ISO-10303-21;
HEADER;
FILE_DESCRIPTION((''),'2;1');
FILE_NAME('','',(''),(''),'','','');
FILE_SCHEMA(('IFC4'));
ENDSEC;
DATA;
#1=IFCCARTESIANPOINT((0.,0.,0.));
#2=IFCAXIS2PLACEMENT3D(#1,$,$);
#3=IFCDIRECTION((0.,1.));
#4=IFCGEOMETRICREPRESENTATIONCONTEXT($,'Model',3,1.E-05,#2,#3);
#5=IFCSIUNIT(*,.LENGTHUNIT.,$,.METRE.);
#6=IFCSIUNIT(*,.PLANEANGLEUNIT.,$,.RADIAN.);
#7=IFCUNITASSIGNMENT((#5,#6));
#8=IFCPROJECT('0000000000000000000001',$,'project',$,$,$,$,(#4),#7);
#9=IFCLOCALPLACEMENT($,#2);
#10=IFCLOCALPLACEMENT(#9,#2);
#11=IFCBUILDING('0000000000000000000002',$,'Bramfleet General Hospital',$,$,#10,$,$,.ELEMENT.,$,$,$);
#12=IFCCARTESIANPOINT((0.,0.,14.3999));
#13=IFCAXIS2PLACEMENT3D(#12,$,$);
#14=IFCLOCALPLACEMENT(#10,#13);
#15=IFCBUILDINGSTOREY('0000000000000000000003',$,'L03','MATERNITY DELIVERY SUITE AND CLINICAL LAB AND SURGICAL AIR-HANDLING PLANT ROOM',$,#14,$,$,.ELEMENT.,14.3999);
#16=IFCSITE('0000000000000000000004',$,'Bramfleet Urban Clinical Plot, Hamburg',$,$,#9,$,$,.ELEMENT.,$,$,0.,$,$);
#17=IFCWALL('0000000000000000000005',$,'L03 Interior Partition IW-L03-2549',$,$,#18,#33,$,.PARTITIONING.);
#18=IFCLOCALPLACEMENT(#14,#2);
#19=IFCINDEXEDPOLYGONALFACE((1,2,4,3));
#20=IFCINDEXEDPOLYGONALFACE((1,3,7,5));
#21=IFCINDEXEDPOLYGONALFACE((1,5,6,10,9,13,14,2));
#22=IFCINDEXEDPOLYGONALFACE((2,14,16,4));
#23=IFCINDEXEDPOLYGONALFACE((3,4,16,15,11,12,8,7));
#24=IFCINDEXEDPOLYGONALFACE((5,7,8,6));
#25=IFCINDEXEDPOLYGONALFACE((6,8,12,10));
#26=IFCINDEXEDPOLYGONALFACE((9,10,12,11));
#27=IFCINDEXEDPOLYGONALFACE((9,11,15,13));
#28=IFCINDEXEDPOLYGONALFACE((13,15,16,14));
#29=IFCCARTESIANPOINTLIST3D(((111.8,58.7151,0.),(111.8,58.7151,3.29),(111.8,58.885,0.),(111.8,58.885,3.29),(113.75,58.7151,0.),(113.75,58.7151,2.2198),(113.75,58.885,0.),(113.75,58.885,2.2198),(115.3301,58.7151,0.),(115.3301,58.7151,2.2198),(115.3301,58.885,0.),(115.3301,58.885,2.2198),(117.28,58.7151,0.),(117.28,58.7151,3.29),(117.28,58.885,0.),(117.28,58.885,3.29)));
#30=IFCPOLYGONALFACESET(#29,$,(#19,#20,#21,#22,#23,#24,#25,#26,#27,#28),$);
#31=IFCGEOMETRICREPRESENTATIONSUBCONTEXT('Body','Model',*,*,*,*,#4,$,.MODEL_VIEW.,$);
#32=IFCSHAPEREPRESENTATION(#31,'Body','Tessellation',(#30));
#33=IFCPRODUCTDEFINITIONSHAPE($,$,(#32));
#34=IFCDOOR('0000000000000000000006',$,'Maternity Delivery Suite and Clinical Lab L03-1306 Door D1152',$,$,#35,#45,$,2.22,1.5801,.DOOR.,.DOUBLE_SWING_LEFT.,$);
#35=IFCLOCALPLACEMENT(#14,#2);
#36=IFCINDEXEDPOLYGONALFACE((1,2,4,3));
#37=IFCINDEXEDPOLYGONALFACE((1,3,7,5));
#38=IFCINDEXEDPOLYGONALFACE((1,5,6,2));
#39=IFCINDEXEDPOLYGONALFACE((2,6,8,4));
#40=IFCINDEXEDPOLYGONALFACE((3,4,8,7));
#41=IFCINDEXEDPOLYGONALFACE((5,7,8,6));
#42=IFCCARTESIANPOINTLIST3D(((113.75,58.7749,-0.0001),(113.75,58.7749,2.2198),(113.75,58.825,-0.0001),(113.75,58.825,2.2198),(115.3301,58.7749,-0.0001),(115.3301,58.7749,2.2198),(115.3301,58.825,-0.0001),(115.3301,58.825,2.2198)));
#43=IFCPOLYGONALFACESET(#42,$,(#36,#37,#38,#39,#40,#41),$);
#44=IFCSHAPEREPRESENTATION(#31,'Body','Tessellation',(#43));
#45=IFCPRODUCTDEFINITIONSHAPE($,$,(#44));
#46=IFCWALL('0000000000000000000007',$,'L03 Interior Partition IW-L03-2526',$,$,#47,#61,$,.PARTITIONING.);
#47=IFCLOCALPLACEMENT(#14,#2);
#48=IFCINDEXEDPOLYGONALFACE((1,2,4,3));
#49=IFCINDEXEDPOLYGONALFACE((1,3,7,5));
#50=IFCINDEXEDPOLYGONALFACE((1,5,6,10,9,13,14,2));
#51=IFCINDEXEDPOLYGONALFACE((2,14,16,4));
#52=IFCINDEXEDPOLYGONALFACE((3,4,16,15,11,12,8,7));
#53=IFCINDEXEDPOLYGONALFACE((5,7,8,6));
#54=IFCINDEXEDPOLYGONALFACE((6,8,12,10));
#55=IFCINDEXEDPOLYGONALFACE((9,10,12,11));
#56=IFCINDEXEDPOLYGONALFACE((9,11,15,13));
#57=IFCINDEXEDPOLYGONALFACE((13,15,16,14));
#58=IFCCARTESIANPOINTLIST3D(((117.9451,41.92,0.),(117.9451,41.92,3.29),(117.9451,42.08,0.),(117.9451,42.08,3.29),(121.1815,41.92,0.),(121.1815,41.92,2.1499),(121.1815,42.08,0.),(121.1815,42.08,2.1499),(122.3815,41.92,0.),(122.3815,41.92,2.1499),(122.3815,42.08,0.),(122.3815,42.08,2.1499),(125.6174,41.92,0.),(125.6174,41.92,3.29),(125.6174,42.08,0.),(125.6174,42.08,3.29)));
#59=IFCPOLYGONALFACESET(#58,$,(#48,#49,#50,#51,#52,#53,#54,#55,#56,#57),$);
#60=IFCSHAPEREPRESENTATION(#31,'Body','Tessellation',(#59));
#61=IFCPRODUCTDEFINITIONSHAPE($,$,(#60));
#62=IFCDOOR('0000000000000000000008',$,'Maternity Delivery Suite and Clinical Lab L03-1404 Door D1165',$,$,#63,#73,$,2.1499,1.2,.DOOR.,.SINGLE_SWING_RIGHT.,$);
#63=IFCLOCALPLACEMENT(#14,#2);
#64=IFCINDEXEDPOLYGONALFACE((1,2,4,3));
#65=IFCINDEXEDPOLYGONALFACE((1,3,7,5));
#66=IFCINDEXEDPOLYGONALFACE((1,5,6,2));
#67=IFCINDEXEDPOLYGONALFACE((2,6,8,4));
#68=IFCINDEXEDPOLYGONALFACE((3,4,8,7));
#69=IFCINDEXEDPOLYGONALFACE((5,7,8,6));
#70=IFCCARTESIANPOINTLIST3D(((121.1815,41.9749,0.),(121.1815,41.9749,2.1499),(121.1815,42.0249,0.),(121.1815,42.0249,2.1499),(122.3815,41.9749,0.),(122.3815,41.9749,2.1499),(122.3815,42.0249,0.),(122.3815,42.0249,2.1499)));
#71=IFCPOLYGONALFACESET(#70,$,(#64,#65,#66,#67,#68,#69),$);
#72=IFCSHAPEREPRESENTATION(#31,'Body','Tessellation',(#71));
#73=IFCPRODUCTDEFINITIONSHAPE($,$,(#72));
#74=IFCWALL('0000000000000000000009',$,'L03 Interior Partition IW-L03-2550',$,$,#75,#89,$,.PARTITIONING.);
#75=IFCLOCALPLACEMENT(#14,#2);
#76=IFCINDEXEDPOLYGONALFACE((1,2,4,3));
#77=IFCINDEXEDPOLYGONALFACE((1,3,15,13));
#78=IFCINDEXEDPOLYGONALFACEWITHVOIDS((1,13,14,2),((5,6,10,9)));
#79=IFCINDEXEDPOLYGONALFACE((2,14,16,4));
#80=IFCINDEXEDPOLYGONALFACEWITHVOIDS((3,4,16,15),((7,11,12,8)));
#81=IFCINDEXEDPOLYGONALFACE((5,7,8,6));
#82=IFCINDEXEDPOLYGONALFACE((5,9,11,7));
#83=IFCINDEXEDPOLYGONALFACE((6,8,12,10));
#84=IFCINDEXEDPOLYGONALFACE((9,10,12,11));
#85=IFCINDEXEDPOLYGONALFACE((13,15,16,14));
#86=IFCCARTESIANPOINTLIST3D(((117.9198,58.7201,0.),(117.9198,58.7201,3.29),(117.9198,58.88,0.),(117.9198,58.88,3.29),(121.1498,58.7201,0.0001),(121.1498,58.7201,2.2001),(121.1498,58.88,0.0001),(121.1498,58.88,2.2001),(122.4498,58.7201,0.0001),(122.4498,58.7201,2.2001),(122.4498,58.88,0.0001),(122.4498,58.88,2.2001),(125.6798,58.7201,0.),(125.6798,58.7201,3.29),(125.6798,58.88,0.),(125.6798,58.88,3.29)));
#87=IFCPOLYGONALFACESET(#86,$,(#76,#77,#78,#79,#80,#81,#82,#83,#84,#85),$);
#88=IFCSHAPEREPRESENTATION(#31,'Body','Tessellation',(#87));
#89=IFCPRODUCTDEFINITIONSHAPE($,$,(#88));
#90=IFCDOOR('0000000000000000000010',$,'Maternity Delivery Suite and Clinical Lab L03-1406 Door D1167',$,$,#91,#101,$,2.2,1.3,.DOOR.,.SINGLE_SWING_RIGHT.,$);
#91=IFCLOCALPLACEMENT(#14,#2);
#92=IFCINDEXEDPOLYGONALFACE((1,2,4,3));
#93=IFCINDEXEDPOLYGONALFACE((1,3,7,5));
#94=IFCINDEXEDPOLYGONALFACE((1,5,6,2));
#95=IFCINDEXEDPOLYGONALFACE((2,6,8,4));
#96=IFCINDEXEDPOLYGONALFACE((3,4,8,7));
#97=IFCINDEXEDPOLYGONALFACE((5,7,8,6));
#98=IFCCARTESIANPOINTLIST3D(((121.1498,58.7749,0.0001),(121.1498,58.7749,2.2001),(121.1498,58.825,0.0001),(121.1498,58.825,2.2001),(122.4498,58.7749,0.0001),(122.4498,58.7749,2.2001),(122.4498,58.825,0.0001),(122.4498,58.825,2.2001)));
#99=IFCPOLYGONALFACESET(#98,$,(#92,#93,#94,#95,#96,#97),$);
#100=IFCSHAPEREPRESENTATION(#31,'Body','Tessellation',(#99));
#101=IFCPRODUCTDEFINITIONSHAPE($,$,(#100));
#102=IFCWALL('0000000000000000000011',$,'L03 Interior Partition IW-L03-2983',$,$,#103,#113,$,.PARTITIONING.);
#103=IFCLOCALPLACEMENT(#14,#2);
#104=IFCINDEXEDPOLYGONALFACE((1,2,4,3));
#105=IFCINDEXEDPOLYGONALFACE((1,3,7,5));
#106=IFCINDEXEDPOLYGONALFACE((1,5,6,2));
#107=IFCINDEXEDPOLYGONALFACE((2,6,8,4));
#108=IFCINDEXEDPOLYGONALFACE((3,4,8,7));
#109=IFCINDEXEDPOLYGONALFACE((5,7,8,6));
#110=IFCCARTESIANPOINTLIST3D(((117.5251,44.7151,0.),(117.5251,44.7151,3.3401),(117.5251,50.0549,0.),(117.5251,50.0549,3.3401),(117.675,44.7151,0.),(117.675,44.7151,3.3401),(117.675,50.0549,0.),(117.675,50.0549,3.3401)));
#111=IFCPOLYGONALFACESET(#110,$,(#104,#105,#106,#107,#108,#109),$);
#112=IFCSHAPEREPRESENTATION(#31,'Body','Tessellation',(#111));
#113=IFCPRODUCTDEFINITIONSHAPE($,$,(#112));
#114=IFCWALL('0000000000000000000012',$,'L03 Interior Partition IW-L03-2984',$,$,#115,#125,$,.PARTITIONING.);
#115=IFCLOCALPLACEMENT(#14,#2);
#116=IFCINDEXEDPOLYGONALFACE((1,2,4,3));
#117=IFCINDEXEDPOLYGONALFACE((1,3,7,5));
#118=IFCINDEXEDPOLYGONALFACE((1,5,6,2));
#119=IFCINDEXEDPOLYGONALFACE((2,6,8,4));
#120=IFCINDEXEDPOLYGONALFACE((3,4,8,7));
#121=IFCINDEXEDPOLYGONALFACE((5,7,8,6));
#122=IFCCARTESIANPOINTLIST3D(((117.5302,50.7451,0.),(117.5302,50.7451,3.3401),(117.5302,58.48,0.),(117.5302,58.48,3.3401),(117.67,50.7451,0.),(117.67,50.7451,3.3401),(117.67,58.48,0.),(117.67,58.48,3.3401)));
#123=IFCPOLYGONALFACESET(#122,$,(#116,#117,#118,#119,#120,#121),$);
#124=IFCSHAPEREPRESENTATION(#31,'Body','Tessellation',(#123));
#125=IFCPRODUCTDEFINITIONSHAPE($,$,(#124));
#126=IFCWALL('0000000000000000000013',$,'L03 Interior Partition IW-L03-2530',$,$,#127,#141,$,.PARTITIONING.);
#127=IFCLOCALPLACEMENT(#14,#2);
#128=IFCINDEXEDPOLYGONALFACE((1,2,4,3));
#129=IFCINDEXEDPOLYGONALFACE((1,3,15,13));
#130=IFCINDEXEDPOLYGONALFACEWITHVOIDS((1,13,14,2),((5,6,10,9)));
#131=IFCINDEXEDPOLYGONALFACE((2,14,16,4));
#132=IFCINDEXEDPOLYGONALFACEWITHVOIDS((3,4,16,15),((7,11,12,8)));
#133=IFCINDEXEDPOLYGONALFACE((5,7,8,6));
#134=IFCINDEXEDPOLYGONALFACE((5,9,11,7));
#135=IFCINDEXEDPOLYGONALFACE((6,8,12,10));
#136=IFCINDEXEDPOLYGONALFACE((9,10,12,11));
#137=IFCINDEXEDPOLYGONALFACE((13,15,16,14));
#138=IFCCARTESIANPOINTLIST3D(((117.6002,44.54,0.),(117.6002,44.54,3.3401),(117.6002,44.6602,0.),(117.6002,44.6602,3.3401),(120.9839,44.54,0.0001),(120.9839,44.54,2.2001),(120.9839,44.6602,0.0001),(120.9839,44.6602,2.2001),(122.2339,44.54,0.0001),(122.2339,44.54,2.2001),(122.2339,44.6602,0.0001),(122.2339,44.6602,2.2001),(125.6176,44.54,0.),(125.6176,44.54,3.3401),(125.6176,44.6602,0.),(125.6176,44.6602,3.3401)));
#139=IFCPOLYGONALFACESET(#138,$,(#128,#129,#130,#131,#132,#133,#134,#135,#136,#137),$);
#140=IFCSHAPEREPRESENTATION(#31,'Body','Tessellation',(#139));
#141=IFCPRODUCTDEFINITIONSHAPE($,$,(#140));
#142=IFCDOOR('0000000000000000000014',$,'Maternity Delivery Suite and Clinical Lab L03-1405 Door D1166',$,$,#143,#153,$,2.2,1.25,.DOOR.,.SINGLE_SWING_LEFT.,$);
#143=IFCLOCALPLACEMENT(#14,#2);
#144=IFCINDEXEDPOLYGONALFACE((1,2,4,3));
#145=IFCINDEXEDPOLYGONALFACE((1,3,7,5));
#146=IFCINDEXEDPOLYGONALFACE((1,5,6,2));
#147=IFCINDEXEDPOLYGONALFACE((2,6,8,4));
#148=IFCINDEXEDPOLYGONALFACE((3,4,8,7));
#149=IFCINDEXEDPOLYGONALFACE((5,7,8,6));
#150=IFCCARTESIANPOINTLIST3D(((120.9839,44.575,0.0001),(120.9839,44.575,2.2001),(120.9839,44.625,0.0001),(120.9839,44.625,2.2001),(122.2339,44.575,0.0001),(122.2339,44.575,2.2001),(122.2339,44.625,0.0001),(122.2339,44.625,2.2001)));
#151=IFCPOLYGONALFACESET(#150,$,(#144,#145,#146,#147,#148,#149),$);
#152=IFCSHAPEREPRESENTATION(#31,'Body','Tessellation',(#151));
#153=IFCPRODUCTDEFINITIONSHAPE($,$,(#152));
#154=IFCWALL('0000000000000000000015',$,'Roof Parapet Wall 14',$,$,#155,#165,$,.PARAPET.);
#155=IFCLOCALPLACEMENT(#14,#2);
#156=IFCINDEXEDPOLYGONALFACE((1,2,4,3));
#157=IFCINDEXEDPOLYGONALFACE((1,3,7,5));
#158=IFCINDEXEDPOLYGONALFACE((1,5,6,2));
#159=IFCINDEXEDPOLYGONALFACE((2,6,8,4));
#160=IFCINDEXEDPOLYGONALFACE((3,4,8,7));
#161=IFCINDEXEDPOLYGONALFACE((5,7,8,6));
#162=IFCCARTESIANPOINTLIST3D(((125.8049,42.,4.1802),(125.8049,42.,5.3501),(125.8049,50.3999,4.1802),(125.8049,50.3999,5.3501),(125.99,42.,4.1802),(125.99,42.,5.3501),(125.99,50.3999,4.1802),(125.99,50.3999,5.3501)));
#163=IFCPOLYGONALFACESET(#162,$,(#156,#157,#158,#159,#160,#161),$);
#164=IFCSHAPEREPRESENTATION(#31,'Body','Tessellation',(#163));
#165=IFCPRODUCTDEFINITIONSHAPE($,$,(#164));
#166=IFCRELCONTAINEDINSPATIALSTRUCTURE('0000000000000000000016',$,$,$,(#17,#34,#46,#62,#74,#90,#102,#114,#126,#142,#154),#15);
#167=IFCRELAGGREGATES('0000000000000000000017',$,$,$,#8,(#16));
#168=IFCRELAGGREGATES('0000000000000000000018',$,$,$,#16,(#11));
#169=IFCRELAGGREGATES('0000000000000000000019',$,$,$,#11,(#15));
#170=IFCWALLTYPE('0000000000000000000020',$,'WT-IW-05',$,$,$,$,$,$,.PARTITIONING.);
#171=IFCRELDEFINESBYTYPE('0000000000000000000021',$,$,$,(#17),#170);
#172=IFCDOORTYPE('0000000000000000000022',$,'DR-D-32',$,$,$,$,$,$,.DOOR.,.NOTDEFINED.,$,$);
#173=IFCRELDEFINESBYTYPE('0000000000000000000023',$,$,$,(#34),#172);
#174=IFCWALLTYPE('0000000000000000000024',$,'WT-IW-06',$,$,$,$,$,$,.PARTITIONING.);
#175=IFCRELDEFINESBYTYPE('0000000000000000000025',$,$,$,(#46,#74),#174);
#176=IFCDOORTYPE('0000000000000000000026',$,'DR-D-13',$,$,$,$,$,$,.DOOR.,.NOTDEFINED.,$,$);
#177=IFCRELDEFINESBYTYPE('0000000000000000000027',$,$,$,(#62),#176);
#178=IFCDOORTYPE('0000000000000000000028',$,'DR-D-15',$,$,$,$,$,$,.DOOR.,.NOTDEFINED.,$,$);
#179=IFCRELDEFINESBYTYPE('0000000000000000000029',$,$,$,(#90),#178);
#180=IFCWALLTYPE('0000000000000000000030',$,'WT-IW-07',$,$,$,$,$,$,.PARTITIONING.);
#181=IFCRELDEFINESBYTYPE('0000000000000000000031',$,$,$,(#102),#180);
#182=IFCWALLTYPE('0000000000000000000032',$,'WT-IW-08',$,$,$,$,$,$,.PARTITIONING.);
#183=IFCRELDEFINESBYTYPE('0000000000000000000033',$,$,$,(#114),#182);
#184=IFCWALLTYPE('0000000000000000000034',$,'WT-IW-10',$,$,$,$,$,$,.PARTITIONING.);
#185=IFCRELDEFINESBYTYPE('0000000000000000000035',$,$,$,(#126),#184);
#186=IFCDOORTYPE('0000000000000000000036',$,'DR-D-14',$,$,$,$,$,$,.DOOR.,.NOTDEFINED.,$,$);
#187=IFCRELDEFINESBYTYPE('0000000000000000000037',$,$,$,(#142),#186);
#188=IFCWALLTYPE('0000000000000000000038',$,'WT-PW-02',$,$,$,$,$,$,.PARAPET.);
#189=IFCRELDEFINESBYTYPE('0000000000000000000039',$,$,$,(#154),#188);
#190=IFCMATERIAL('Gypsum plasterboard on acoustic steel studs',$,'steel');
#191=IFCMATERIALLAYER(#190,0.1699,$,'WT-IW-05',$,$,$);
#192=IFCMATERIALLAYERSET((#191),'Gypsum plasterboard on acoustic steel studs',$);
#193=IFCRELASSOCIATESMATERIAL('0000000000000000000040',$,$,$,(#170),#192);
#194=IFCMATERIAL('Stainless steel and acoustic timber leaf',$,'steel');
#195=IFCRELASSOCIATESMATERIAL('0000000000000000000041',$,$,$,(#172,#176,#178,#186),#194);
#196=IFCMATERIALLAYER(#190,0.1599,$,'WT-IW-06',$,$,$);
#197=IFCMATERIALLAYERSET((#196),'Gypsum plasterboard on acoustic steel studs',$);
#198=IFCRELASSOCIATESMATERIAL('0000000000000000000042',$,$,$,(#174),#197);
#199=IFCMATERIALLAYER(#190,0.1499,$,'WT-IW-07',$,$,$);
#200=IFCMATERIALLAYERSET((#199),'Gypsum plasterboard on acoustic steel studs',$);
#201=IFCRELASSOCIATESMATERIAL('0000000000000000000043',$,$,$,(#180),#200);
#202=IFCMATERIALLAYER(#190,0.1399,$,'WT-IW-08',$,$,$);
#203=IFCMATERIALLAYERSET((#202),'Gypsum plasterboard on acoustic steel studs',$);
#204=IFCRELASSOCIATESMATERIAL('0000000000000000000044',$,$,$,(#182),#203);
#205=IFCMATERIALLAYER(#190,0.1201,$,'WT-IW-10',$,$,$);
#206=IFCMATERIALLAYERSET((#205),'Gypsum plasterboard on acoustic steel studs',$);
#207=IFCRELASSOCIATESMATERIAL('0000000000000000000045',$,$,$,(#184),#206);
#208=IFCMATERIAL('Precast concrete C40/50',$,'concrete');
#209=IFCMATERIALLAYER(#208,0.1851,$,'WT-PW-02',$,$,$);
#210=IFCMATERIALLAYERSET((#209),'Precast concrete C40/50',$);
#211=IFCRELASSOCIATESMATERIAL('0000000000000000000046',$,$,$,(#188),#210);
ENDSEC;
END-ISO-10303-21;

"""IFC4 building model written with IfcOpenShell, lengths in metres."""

from ifc_helpers import new_model, si_unit, direction, frame, frame_2d, origin, place, context, subcontext, project, spatial, rectangle, extrude, material, layer, layer_set, type_object, element, fill, save


model = new_model("IFC4")

# Units and contexts
model_context = context("Model", 3, precision=1e-05, world=origin(), true_north=direction((0.0, 1.0)))
body_context = subcontext(model_context, "Body", "Model", "MODEL_VIEW")
ifc_project = project(units=[si_unit("LENGTHUNIT", "METRE"), si_unit("PLANEANGLEUNIT", "RADIAN")], contexts=[model_context])

# Site, building, storey
site_placement = place(None, origin())
site = spatial("IfcSite", under=ifc_project, at=site_placement, Name="Bramfleet Urban Clinical Plot, Hamburg", CompositionType="ELEMENT", RefElevation=0.0)
building_placement = place(site_placement, origin())
building = spatial("IfcBuilding", under=site, at=building_placement, Name="Bramfleet General Hospital", CompositionType="ELEMENT")
storey_placement = place(building_placement, frame((0.0, 0.0, 14.3999)))
storey = spatial("IfcBuildingStorey", under=building, at=storey_placement, Name="L03", Description="MATERNITY DELIVERY SUITE AND CLINICAL LAB AND SURGICAL AIR-HANDLING PLANT ROOM", CompositionType="ELEMENT", Elevation=14.3999)

# Walls, openings, doors
ifc_material_1 = material(Name="Gypsum plasterboard on acoustic steel studs", Category="steel")
ifc_layer_1 = layer(ifc_material_1, 0.1699, Name="WT-IW-05")
ifc_layer_set_1 = layer_set([ifc_layer_1], Name="Gypsum plasterboard on acoustic steel studs")
wall_type_1 = type_object("IfcWallType", Name="WT-IW-05", PredefinedType="PARTITIONING", material=ifc_layer_set_1)
wall_1_placement = place(storey_placement, frame((111.8, 58.8, 0.0), z_axis=(0.0, 0.0, 1.0), x_axis=(1.0, 0.0, 0.0)))
wall_1 = element("IfcWall", 1, at=wall_1_placement, inside=storey, type_object=wall_type_1, Name="L03 Interior Partition IW-L03-2549", PredefinedType="PARTITIONING", context=body_context, shape_type="SweptSolid", body=[
    extrude(rectangle(XDim=5.48, YDim=0.1699, at=frame_2d((2.74, 0.0))), origin(), (0.0, 0.0, 1.0), 3.29),
])
opening_1_placement = place(wall_1_placement, frame((1.95, 0.0, 0.0)))
opening_1 = element("IfcOpeningElement", 2, at=opening_1_placement, cuts=wall_1, PredefinedType="OPENING", context=body_context, shape_type="SweptSolid", body=[
    extrude(rectangle(XDim=1.5801, YDim=2.22, at=frame_2d((0.79, 1.1099))), frame((0.0, 0.095, 0.0), z_axis=(0.0, -1.0, 0.0), x_axis=(1.0, 0.0, 0.0)), (0.0, 0.0, 1.0), 0.1899),
])
ifc_material_2 = material(Name="Stainless steel and acoustic timber leaf", Category="steel")
door_type_1 = type_object("IfcDoorType", Name="DR-D-32", OperationType="NOTDEFINED", PredefinedType="DOOR", material=ifc_material_2)
door_1_placement = place(opening_1_placement, origin())
door_1 = element("IfcDoor", 3, at=door_1_placement, inside=storey, type_object=door_type_1, Name="Maternity Delivery Suite and Clinical Lab L03-1306 Door D1152", OperationType="DOUBLE_SWING_LEFT", OverallHeight=2.22, OverallWidth=1.5801, PredefinedType="DOOR", context=body_context, shape_type="SweptSolid", body=[
    extrude(rectangle(XDim=1.5801, YDim=2.22, at=frame_2d((0.79, 1.1099))), frame((0.0, 0.0249, 0.0), z_axis=(0.0, -1.0, 0.0), x_axis=(1.0, 0.0, 0.0)), (0.0, 0.0, 1.0), 0.05),
])
fill(opening_1, door_1)
ifc_layer_2 = layer(ifc_material_1, 0.1599, Name="WT-IW-06")
ifc_layer_set_2 = layer_set([ifc_layer_2], Name="Gypsum plasterboard on acoustic steel studs")
wall_type_2 = type_object("IfcWallType", Name="WT-IW-06", PredefinedType="PARTITIONING", material=ifc_layer_set_2)
wall_2_placement = place(storey_placement, frame((117.9451, 42.0, 0.0), z_axis=(0.0, 0.0, 1.0), x_axis=(1.0, 0.0, 0.0)))
wall_2 = element("IfcWall", 4, at=wall_2_placement, inside=storey, type_object=wall_type_2, Name="L03 Interior Partition IW-L03-2526", PredefinedType="PARTITIONING", context=body_context, shape_type="SweptSolid", body=[
    extrude(rectangle(XDim=7.6724, YDim=0.1599, at=frame_2d((3.8362, 0.0))), origin(), (0.0, 0.0, 1.0), 3.29),
])
opening_2_placement = place(wall_2_placement, frame((3.2363, 0.0, 0.0)))
opening_2 = element("IfcOpeningElement", 5, at=opening_2_placement, cuts=wall_2, PredefinedType="OPENING", context=body_context, shape_type="SweptSolid", body=[
    extrude(rectangle(XDim=1.2, YDim=2.1499, at=frame_2d((0.6001, 1.075))), frame((0.0, 0.0898, 0.0), z_axis=(0.0, -1.0, 0.0), x_axis=(1.0, 0.0, 0.0)), (0.0, 0.0, 1.0), 0.1799),
])
door_type_2 = type_object("IfcDoorType", Name="DR-D-13", OperationType="NOTDEFINED", PredefinedType="DOOR", material=ifc_material_2)
door_2_placement = place(opening_2_placement, origin())
door_2 = element("IfcDoor", 6, at=door_2_placement, inside=storey, type_object=door_type_2, Name="Maternity Delivery Suite and Clinical Lab L03-1404 Door D1165", OperationType="SINGLE_SWING_RIGHT", OverallHeight=2.1499, OverallWidth=1.2, PredefinedType="DOOR", context=body_context, shape_type="SweptSolid", body=[
    extrude(rectangle(XDim=1.2, YDim=2.1499, at=frame_2d((0.6001, 1.075))), frame((0.0, 0.0249, 0.0), z_axis=(0.0, -1.0, 0.0), x_axis=(1.0, 0.0, 0.0)), (0.0, 0.0, 1.0), 0.05),
])
fill(opening_2, door_2)
wall_3_placement = place(storey_placement, frame((117.9199, 58.8, 0.0), z_axis=(0.0, 0.0, 1.0), x_axis=(1.0, 0.0, 0.0)))
wall_3 = element("IfcWall", 7, at=wall_3_placement, inside=storey, type_object=wall_type_2, Name="L03 Interior Partition IW-L03-2550", PredefinedType="PARTITIONING", context=body_context, shape_type="SweptSolid", body=[
    extrude(rectangle(XDim=7.76, YDim=0.1599, at=frame_2d((3.8799, 0.0))), origin(), (0.0, 0.0, 1.0), 3.29),
])
opening_3_placement = place(wall_3_placement, frame((3.23, 0.0, 0.0)))
opening_3 = element("IfcOpeningElement", 8, at=opening_3_placement, cuts=wall_3, PredefinedType="OPENING", context=body_context, shape_type="SweptSolid", body=[
    extrude(rectangle(XDim=1.3, YDim=2.2, at=frame_2d((0.6499, 1.1001))), frame((0.0, 0.0898, 0.0), z_axis=(0.0, -1.0, 0.0), x_axis=(1.0, 0.0, 0.0)), (0.0, 0.0, 1.0), 0.1799),
])
door_type_3 = type_object("IfcDoorType", Name="DR-D-15", OperationType="NOTDEFINED", PredefinedType="DOOR", material=ifc_material_2)
door_3_placement = place(opening_3_placement, origin())
door_3 = element("IfcDoor", 9, at=door_3_placement, inside=storey, type_object=door_type_3, Name="Maternity Delivery Suite and Clinical Lab L03-1406 Door D1167", OperationType="SINGLE_SWING_RIGHT", OverallHeight=2.2, OverallWidth=1.3, PredefinedType="DOOR", context=body_context, shape_type="SweptSolid", body=[
    extrude(rectangle(XDim=1.3, YDim=2.2, at=frame_2d((0.6499, 1.1001))), frame((0.0, 0.0249, 0.0), z_axis=(0.0, -1.0, 0.0), x_axis=(1.0, 0.0, 0.0)), (0.0, 0.0, 1.0), 0.05),
])
fill(opening_3, door_3)

# Walls
ifc_layer_3 = layer(ifc_material_1, 0.1499, Name="WT-IW-07")
ifc_layer_set_3 = layer_set([ifc_layer_3], Name="Gypsum plasterboard on acoustic steel studs")
wall_type_3 = type_object("IfcWallType", Name="WT-IW-07", PredefinedType="PARTITIONING", material=ifc_layer_set_3)
wall_4_placement = place(storey_placement, frame((117.6001, 44.7151, 0.0), z_axis=(0.0, 0.0, 1.0), x_axis=(0.0, 1.0, 0.0)))
element("IfcWall", 10, at=wall_4_placement, inside=storey, type_object=wall_type_3, Name="L03 Interior Partition IW-L03-2983", PredefinedType="PARTITIONING", context=body_context, shape_type="SweptSolid", body=[
    extrude(rectangle(XDim=5.3398, YDim=0.1499, at=frame_2d((2.6699, 0.0))), origin(), (0.0, 0.0, 1.0), 3.3401),
])
ifc_layer_4 = layer(ifc_material_1, 0.1399, Name="WT-IW-08")
ifc_layer_set_4 = layer_set([ifc_layer_4], Name="Gypsum plasterboard on acoustic steel studs")
wall_type_4 = type_object("IfcWallType", Name="WT-IW-08", PredefinedType="PARTITIONING", material=ifc_layer_set_4)
wall_5_placement = place(storey_placement, frame((117.6001, 50.7451, 0.0), z_axis=(0.0, 0.0, 1.0), x_axis=(0.0, 1.0, 0.0)))
element("IfcWall", 11, at=wall_5_placement, inside=storey, type_object=wall_type_4, Name="L03 Interior Partition IW-L03-2984", PredefinedType="PARTITIONING", context=body_context, shape_type="SweptSolid", body=[
    extrude(rectangle(XDim=7.7349, YDim=0.1399, at=frame_2d((3.8674, 0.0))), origin(), (0.0, 0.0, 1.0), 3.3401),
])

# Wall, opening, door
ifc_layer_5 = layer(ifc_material_1, 0.1201, Name="WT-IW-10")
ifc_layer_set_5 = layer_set([ifc_layer_5], Name="Gypsum plasterboard on acoustic steel studs")
wall_type_5 = type_object("IfcWallType", Name="WT-IW-10", PredefinedType="PARTITIONING", material=ifc_layer_set_5)
wall_6_placement = place(storey_placement, frame((117.6001, 44.6001, 0.0), z_axis=(0.0, 0.0, 1.0), x_axis=(1.0, 0.0, 0.0)))
wall_6 = element("IfcWall", 12, at=wall_6_placement, inside=storey, type_object=wall_type_5, Name="L03 Interior Partition IW-L03-2530", PredefinedType="PARTITIONING", context=body_context, shape_type="SweptSolid", body=[
    extrude(rectangle(XDim=8.0173, YDim=0.1201, at=frame_2d((4.0088, 0.0))), origin(), (0.0, 0.0, 1.0), 3.3401),
])
opening_4_placement = place(wall_6_placement, frame((3.3838, 0.0, 0.0)))
opening_4 = element("IfcOpeningElement", 13, at=opening_4_placement, cuts=wall_6, PredefinedType="OPENING", context=body_context, shape_type="SweptSolid", body=[
    extrude(rectangle(XDim=1.25, YDim=2.2, at=frame_2d((0.625, 1.1001))), frame((0.0, 0.0701, 0.0), z_axis=(0.0, -1.0, 0.0), x_axis=(1.0, 0.0, 0.0)), (0.0, 0.0, 1.0), 0.1401),
])
door_type_4 = type_object("IfcDoorType", Name="DR-D-14", OperationType="NOTDEFINED", PredefinedType="DOOR", material=ifc_material_2)
door_4_placement = place(opening_4_placement, origin())
door_4 = element("IfcDoor", 14, at=door_4_placement, inside=storey, type_object=door_type_4, Name="Maternity Delivery Suite and Clinical Lab L03-1405 Door D1166", OperationType="SINGLE_SWING_LEFT", OverallHeight=2.2, OverallWidth=1.25, PredefinedType="DOOR", context=body_context, shape_type="SweptSolid", body=[
    extrude(rectangle(XDim=1.25, YDim=2.2, at=frame_2d((0.625, 1.1001))), frame((0.0, 0.0249, 0.0), z_axis=(0.0, -1.0, 0.0), x_axis=(1.0, 0.0, 0.0)), (0.0, 0.0, 1.0), 0.05),
])
fill(opening_4, door_4)

# Wall
ifc_material_3 = material(Name="Precast concrete C40/50", Category="concrete")
ifc_layer_6 = layer(ifc_material_3, 0.1851, Name="WT-PW-02")
ifc_layer_set_6 = layer_set([ifc_layer_6], Name="Precast concrete C40/50")
wall_type_6 = type_object("IfcWallType", Name="WT-PW-02", PredefinedType="PARAPET", material=ifc_layer_set_6)
wall_7_placement = place(storey_placement, frame((125.8975, 50.3999, 4.1802), z_axis=(0.0, 0.0, 1.0), x_axis=(0.0, -1.0, 0.0)))
element("IfcWall", 15, at=wall_7_placement, inside=storey, type_object=wall_type_6, Name="Roof Parapet Wall 14", PredefinedType="PARAPET", context=body_context, shape_type="SweptSolid", body=[
    extrude(rectangle(XDim=8.3999, YDim=0.1851, at=frame_2d((4.2, 0.0))), origin(), (0.0, 0.0, 1.0), 1.1699),
])

save(model, "model.ifc")
